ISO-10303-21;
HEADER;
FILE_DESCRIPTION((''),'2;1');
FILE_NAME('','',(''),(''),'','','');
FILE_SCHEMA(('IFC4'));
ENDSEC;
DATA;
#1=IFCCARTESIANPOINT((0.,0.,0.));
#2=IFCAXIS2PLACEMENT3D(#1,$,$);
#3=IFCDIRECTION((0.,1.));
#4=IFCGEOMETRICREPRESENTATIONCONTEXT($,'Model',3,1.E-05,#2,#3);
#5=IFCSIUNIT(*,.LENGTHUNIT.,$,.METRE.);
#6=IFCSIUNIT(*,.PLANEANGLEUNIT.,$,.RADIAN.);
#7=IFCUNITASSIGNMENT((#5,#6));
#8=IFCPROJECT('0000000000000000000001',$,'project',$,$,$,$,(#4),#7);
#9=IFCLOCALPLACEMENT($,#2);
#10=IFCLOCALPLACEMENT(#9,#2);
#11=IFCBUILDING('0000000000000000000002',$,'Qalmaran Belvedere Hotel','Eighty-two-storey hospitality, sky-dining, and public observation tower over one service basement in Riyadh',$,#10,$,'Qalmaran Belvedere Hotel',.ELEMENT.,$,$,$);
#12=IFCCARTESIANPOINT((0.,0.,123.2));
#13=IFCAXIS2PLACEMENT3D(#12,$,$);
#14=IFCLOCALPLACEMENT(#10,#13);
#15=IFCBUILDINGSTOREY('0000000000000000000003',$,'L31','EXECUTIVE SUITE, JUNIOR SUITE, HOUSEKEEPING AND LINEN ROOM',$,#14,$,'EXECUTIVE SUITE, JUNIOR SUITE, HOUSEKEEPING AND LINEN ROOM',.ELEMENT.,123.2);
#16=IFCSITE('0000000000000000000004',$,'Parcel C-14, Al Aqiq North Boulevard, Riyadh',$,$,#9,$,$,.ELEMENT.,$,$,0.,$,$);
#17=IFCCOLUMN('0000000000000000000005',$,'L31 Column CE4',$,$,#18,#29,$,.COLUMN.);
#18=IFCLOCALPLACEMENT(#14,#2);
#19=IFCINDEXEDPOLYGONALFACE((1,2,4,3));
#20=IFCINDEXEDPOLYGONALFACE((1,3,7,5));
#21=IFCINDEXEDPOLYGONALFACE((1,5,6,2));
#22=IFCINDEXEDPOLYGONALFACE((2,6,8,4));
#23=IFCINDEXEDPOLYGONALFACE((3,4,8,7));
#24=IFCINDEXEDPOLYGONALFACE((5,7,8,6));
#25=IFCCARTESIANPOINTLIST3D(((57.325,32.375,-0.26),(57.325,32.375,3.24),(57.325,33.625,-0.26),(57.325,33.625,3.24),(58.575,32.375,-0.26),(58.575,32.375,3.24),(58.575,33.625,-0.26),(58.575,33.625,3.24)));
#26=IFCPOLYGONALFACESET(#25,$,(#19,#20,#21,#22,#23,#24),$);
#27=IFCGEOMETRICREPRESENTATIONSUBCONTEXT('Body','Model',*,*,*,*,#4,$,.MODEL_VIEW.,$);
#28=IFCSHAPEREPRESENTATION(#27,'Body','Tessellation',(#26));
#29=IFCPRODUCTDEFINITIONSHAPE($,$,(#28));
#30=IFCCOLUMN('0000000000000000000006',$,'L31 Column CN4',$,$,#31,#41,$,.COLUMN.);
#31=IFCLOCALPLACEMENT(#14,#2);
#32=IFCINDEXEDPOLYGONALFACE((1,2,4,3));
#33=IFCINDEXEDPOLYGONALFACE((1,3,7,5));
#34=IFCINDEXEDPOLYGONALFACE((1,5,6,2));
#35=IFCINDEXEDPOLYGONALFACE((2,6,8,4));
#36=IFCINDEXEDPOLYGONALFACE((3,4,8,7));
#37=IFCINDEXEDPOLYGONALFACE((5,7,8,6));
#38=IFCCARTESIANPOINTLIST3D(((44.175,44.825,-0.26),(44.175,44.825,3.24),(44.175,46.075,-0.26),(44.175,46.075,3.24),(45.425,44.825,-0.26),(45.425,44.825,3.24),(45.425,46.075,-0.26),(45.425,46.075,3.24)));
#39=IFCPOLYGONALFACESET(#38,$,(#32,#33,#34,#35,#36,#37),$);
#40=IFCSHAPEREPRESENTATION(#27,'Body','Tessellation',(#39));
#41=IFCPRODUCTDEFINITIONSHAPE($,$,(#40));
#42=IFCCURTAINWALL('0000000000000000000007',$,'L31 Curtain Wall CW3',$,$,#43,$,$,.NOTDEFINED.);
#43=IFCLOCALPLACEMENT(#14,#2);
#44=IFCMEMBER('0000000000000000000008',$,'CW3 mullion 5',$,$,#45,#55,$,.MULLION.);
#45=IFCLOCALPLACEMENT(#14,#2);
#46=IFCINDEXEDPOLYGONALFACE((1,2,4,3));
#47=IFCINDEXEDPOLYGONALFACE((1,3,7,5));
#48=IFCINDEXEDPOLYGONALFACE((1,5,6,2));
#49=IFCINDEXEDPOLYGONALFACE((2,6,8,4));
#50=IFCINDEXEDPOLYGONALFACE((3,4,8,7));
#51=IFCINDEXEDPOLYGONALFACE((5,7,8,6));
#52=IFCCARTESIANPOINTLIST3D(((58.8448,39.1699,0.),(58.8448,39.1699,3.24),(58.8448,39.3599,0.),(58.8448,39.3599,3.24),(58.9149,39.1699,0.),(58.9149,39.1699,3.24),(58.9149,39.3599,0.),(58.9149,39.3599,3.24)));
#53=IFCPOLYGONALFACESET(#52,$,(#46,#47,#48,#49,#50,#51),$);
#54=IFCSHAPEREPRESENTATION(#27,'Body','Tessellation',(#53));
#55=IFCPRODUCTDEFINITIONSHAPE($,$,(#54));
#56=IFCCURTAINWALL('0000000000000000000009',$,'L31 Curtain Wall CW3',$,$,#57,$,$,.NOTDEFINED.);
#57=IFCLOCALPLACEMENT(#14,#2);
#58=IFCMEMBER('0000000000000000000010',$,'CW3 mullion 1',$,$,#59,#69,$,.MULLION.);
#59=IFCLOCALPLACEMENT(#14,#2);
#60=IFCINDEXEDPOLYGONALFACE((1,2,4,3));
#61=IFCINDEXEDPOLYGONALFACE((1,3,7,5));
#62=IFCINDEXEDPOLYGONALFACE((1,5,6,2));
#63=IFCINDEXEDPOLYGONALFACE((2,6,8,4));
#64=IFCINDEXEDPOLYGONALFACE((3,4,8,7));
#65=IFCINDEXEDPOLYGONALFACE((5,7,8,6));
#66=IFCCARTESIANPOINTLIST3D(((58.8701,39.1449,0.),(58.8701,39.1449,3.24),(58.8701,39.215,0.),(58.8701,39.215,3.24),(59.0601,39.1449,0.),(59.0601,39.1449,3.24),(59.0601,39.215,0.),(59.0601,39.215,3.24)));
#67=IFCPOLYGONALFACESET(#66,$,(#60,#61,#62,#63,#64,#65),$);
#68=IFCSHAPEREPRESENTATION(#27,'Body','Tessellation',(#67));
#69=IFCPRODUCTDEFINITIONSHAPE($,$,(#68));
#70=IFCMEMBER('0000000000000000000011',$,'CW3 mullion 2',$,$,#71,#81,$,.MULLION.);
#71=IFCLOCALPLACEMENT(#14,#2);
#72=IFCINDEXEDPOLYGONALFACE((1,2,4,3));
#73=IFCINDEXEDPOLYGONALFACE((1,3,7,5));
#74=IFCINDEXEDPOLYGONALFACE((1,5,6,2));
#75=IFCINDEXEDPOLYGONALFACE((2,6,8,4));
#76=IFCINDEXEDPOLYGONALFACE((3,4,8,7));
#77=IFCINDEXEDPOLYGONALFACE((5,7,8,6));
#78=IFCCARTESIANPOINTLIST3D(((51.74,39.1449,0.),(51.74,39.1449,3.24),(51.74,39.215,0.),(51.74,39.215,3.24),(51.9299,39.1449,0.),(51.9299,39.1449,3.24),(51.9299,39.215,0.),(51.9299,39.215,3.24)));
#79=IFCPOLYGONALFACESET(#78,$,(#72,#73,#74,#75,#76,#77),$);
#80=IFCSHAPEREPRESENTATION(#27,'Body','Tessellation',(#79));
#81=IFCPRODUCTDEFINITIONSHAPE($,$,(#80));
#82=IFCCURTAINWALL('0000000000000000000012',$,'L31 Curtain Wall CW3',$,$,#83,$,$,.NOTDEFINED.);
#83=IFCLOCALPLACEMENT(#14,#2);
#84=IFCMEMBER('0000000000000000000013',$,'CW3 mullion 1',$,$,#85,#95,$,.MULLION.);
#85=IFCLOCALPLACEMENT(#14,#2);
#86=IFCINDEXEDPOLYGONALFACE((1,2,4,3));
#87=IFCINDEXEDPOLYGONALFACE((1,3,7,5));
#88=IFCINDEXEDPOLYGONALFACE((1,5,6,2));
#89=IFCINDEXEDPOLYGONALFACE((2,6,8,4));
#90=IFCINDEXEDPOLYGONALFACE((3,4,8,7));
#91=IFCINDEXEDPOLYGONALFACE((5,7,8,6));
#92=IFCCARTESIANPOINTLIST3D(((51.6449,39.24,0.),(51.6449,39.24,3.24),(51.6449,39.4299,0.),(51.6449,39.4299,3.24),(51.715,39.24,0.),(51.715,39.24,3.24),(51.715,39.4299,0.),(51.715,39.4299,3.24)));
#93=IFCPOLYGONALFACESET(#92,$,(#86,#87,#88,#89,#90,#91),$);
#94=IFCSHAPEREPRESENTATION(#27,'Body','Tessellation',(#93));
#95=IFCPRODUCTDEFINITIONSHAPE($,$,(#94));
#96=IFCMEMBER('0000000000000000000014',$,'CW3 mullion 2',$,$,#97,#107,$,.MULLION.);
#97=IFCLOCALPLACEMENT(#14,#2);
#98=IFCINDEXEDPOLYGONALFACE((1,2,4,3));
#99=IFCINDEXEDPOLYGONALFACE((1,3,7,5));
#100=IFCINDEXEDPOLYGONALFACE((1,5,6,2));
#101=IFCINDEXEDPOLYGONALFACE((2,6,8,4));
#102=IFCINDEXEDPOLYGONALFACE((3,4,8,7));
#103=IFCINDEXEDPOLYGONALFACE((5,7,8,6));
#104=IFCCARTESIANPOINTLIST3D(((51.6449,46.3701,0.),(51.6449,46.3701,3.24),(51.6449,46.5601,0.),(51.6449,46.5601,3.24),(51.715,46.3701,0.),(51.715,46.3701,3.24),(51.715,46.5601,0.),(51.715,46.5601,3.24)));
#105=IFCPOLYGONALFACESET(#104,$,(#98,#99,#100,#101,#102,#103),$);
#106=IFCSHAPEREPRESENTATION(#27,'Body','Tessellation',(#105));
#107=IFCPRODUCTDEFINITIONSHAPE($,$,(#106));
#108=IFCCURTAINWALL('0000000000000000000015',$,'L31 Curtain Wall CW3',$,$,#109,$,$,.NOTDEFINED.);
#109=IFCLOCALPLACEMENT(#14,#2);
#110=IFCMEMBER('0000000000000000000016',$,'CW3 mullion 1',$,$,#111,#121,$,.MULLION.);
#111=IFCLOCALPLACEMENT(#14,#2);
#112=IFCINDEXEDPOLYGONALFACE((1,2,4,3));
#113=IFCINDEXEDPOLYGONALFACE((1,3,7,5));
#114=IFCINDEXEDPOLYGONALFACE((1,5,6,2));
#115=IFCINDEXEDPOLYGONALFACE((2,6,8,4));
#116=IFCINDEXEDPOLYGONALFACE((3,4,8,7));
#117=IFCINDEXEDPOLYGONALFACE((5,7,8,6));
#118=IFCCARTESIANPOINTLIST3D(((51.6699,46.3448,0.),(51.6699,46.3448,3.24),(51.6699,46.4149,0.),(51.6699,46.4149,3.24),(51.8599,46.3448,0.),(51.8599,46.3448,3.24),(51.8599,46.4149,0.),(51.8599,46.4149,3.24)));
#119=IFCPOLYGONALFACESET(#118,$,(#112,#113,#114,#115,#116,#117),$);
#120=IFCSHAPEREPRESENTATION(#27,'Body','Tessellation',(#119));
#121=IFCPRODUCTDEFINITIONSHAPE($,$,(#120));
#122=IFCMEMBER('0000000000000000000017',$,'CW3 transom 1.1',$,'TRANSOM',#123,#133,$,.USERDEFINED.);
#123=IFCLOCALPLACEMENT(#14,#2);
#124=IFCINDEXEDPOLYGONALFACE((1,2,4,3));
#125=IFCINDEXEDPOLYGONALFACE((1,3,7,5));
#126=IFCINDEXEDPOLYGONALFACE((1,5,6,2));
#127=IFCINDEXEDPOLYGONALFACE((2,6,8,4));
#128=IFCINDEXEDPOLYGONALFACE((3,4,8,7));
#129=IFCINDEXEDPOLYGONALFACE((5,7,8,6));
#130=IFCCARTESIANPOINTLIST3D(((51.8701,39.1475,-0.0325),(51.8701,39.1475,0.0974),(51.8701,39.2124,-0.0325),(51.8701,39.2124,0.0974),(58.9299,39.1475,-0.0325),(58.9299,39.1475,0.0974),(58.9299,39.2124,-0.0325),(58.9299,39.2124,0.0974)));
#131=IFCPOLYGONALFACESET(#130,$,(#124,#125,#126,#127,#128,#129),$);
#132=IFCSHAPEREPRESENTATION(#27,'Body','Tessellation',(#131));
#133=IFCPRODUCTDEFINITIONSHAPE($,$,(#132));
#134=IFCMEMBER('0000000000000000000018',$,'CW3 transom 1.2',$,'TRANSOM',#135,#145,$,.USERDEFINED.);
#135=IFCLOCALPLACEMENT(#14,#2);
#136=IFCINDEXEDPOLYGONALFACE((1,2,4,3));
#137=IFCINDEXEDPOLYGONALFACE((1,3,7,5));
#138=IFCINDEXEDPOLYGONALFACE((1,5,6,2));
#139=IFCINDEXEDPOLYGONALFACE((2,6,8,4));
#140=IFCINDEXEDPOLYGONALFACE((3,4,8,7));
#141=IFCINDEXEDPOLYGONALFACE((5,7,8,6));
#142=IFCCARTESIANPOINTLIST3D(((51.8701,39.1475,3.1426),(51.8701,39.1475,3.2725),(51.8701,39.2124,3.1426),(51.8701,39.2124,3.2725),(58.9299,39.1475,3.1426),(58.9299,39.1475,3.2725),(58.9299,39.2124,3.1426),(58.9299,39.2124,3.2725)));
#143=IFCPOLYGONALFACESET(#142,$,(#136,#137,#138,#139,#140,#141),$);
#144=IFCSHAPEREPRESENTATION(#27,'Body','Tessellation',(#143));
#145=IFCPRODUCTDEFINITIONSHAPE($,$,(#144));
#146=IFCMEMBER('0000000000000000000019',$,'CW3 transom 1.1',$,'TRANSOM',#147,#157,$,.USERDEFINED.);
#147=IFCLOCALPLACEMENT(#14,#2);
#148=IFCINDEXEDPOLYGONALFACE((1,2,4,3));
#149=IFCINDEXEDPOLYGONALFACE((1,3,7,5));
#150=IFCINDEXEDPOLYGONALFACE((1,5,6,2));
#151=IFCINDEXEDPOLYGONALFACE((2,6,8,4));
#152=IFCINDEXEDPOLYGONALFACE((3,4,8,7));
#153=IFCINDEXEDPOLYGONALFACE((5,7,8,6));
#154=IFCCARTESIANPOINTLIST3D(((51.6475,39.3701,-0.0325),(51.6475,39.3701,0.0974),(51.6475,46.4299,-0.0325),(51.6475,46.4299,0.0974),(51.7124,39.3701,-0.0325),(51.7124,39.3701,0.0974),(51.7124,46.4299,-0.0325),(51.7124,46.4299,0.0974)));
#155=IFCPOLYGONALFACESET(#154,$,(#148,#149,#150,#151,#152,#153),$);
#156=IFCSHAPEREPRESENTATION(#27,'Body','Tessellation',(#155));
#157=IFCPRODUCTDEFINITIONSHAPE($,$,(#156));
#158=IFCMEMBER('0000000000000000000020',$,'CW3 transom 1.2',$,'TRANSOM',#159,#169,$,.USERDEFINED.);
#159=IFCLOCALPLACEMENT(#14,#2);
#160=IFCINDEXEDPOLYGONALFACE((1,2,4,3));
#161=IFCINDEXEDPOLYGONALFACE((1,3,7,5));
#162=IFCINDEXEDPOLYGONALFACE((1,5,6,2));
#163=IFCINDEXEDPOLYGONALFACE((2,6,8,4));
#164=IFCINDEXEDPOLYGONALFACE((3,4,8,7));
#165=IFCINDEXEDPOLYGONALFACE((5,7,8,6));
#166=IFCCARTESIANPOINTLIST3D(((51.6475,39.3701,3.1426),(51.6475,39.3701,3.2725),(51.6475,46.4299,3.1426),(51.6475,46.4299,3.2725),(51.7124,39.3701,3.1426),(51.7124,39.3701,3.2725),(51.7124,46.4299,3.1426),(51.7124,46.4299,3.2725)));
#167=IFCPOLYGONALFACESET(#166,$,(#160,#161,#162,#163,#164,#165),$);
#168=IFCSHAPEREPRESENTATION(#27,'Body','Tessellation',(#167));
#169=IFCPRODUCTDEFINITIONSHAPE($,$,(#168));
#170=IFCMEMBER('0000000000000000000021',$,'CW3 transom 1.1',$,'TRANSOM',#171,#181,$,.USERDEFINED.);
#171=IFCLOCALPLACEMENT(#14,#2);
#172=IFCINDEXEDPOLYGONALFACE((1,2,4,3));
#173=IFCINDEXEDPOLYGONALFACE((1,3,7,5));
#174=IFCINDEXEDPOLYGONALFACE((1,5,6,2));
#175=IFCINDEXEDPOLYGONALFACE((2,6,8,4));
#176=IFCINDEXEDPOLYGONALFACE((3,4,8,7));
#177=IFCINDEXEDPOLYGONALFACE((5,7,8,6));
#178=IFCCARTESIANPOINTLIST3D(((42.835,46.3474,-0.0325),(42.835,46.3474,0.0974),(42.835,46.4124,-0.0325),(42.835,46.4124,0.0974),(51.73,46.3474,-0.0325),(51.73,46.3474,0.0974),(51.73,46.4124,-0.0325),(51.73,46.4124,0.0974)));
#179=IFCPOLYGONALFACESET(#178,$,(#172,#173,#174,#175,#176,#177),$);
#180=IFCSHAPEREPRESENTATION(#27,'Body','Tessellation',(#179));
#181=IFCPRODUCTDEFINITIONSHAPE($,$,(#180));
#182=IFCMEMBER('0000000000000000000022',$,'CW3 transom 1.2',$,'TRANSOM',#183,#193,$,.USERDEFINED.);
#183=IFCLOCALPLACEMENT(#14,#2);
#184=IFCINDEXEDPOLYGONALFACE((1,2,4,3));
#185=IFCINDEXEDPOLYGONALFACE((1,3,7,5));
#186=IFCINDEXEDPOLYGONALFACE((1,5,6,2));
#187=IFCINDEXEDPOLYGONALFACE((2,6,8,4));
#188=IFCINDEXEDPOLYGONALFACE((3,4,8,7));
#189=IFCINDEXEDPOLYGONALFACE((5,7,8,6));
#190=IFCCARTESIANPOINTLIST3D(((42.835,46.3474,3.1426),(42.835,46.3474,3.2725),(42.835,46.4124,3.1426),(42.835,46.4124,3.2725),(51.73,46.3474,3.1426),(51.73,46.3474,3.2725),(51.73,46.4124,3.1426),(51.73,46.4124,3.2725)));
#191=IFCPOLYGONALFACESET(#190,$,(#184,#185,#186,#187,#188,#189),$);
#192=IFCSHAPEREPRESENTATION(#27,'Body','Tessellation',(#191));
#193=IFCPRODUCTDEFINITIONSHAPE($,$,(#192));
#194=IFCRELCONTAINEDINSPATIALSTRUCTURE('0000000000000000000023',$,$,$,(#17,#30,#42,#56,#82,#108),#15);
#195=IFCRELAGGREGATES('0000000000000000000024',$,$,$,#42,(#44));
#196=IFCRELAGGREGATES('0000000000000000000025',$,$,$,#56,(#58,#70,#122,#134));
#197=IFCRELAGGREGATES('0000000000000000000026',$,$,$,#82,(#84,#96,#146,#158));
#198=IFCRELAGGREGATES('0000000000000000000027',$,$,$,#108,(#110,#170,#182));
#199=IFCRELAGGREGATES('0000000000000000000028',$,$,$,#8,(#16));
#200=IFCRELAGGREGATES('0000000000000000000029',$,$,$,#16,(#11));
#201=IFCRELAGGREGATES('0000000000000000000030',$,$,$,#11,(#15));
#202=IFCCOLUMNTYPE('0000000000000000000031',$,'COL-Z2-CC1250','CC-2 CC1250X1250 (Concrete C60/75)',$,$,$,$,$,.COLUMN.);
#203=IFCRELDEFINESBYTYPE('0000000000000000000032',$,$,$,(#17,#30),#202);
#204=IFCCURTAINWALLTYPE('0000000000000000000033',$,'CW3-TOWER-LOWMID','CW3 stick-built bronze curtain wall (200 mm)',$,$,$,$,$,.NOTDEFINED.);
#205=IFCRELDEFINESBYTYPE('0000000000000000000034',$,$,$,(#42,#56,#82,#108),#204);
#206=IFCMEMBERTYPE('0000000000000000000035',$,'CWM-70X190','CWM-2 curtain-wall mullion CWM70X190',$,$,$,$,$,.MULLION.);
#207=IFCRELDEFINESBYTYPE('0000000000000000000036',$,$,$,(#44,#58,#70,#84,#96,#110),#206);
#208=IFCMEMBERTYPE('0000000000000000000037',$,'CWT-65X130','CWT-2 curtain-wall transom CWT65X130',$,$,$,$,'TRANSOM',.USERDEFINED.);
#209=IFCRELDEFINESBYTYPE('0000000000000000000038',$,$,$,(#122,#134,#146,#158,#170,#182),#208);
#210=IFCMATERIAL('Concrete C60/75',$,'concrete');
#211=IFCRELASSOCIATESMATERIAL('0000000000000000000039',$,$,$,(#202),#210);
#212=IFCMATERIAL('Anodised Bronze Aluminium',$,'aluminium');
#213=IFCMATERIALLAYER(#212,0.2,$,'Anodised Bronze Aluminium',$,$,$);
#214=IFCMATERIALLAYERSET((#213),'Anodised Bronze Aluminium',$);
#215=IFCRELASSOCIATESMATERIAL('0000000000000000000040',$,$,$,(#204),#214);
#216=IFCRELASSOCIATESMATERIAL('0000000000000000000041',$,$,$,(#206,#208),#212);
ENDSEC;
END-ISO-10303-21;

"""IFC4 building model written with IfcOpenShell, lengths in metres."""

from ifc_helpers import new_model, si_unit, direction, frame, origin, origin_2d, place, context, subcontext, project, spatial, rectangle, extrude, material, layer, layer_set, material_profile, profile_set, type_object, element, aggregate, save


model = new_model("IFC4")

# Units and contexts
model_context = context("Model", 3, precision=1e-05, world=origin(), true_north=direction((0.0, 1.0)))
body_context = subcontext(model_context, "Body", "Model", "MODEL_VIEW")
ifc_project = project(units=[si_unit("LENGTHUNIT", "METRE"), si_unit("PLANEANGLEUNIT", "RADIAN")], contexts=[model_context])

# Site, building, storey
site_placement = place(None, origin())
site = spatial("IfcSite", under=ifc_project, at=site_placement, Name="Parcel C-14, Al Aqiq North Boulevard, Riyadh", CompositionType="ELEMENT", RefElevation=0.0)
building_placement = place(site_placement, origin())
building = spatial("IfcBuilding", under=site, at=building_placement, Name="Qalmaran Belvedere Hotel", Description="Eighty-two-storey hospitality, sky-dining, and public observation tower over one service basement in Riyadh", LongName="Qalmaran Belvedere Hotel", CompositionType="ELEMENT")
storey_placement = place(building_placement, frame((0.0, 0.0, 123.2)))
storey = spatial("IfcBuildingStorey", under=building, at=storey_placement, Name="L31", Description="EXECUTIVE SUITE, JUNIOR SUITE, HOUSEKEEPING AND LINEN ROOM", LongName="EXECUTIVE SUITE, JUNIOR SUITE, HOUSEKEEPING AND LINEN ROOM", CompositionType="ELEMENT", Elevation=123.2)

# Columns
ifc_material_1 = material(Name="Concrete C60/75", Category="concrete")
ifc_material_profile_1 = material_profile(ifc_material_1, rectangle(XDim=1.25, YDim=1.25, at=origin_2d()), Name="CC1250X1250")
ifc_profile_set_1 = profile_set([ifc_material_profile_1], Name="Concrete C60/75")
column_type = type_object("IfcColumnType", Name="COL-Z2-CC1250", Description="CC-2 CC1250X1250 (Concrete C60/75)", PredefinedType="COLUMN", material=ifc_profile_set_1)
for number, where, z_axis, x_axis, name in (
    (1, (57.95, 33.0, -0.26), (0.0, 0.0, 1.0), (1.0, 0.0, 0.0), "L31 Column CE4"),
    (2, (44.8, 45.45, -0.26), (0.0, 0.0, 1.0), (1.0, 0.0, 0.0), "L31 Column CN4"),
):
    element("IfcColumn", number, at=place(storey_placement, frame(where, z_axis=z_axis, x_axis=x_axis)), inside=storey, type_object=column_type, Name=name, PredefinedType="COLUMN", context=body_context, shape_type="SweptSolid", body=[
        extrude(rectangle(XDim=1.25, YDim=1.25, at=origin_2d()), origin(), (0.0, 0.0, 1.0), 3.5),
    ])

# Curtain wall, member
ifc_material_2 = material(Name="Anodised Bronze Aluminium", Category="aluminium")
ifc_layer_1 = layer(ifc_material_2, 0.2, Name="Anodised Bronze Aluminium")
ifc_layer_set_1 = layer_set([ifc_layer_1], Name="Anodised Bronze Aluminium")
curtain_wall_type = type_object("IfcCurtainWallType", Name="CW3-TOWER-LOWMID", Description="CW3 stick-built bronze curtain wall (200 mm)", PredefinedType="NOTDEFINED", material=ifc_layer_set_1)
curtain_wall_1_placement = place(storey_placement, origin())
curtain_wall_1 = element("IfcCurtainWall", 3, at=curtain_wall_1_placement, inside=storey, type_object=curtain_wall_type, Name="L31 Curtain Wall CW3", PredefinedType="NOTDEFINED")
ifc_material_profile_2 = material_profile(ifc_material_2, rectangle(XDim=0.0701, YDim=0.1899, at=origin_2d()), Name="CWM70X190")
ifc_profile_set_2 = profile_set([ifc_material_profile_2], Name="Anodised Bronze Aluminium")
member_type_1 = type_object("IfcMemberType", Name="CWM-70X190", Description="CWM-2 curtain-wall mullion CWM70X190", PredefinedType="MULLION", material=ifc_profile_set_2)
member_1_placement = place(storey_placement, frame((58.8799, 39.2649, 0.0), z_axis=(0.0, 0.0, 1.0), x_axis=(-1.0, 0.0, 0.0)))
member_1 = element("IfcMember", 4, at=member_1_placement, type_object=member_type_1, Name="CW3 mullion 5", PredefinedType="MULLION", context=body_context, shape_type="SweptSolid", body=[
    extrude(rectangle(XDim=0.0701, YDim=0.1899, at=origin_2d()), origin(), (0.0, 0.0, 1.0), 3.24),
])

# Curtain walls, members
curtain_wall_2_placement = place(storey_placement, origin())
curtain_wall_2 = element("IfcCurtainWall", 5, at=curtain_wall_2_placement, inside=storey, type_object=curtain_wall_type, Name="L31 Curtain Wall CW3", PredefinedType="NOTDEFINED")
member_2_placement = place(storey_placement, frame((58.9651, 39.1799, 0.0), z_axis=(0.0, 0.0, 1.0), x_axis=(0.0, -1.0, 0.0)))
member_2 = element("IfcMember", 6, at=member_2_placement, type_object=member_type_1, Name="CW3 mullion 1", PredefinedType="MULLION", context=body_context, shape_type="SweptSolid", body=[
    extrude(rectangle(XDim=0.0701, YDim=0.1899, at=origin_2d()), origin(), (0.0, 0.0, 1.0), 3.24),
])
member_3_placement = place(storey_placement, frame((51.835, 39.1799, 0.0), z_axis=(0.0, 0.0, 1.0), x_axis=(0.0, -1.0, 0.0)))
member_3 = element("IfcMember", 7, at=member_3_placement, type_object=member_type_1, Name="CW3 mullion 2", PredefinedType="MULLION", context=body_context, shape_type="SweptSolid", body=[
    extrude(rectangle(XDim=0.0701, YDim=0.1899, at=origin_2d()), origin(), (0.0, 0.0, 1.0), 3.24),
])
curtain_wall_3_placement = place(storey_placement, origin())
curtain_wall_3 = element("IfcCurtainWall", 8, at=curtain_wall_3_placement, inside=storey, type_object=curtain_wall_type, Name="L31 Curtain Wall CW3", PredefinedType="NOTDEFINED")
member_4_placement = place(storey_placement, frame((51.6799, 39.335, 0.0), z_axis=(0.0, 0.0, 1.0), x_axis=(-1.0, 0.0, 0.0)))
member_4 = element("IfcMember", 9, at=member_4_placement, type_object=member_type_1, Name="CW3 mullion 1", PredefinedType="MULLION", context=body_context, shape_type="SweptSolid", body=[
    extrude(rectangle(XDim=0.0701, YDim=0.1899, at=origin_2d()), origin(), (0.0, 0.0, 1.0), 3.24),
])
member_5_placement = place(storey_placement, frame((51.6799, 46.4651, 0.0), z_axis=(0.0, 0.0, 1.0), x_axis=(-1.0, 0.0, 0.0)))
member_5 = element("IfcMember", 10, at=member_5_placement, type_object=member_type_1, Name="CW3 mullion 2", PredefinedType="MULLION", context=body_context, shape_type="SweptSolid", body=[
    extrude(rectangle(XDim=0.0701, YDim=0.1899, at=origin_2d()), origin(), (0.0, 0.0, 1.0), 3.24),
])

# Curtain wall, member
curtain_wall_4_placement = place(storey_placement, origin())
curtain_wall_4 = element("IfcCurtainWall", 11, at=curtain_wall_4_placement, inside=storey, type_object=curtain_wall_type, Name="L31 Curtain Wall CW3", PredefinedType="NOTDEFINED")
member_6_placement = place(storey_placement, frame((51.7649, 46.3799, 0.0), z_axis=(0.0, 0.0, 1.0), x_axis=(0.0, -1.0, 0.0)))
member_6 = element("IfcMember", 12, at=member_6_placement, type_object=member_type_1, Name="CW3 mullion 1", PredefinedType="MULLION", context=body_context, shape_type="SweptSolid", body=[
    extrude(rectangle(XDim=0.0701, YDim=0.1899, at=origin_2d()), origin(), (0.0, 0.0, 1.0), 3.24),
])

# Members
ifc_material_profile_3 = material_profile(ifc_material_2, rectangle(XDim=0.0649, YDim=0.1299, at=origin_2d()), Name="CWT65X130")
ifc_profile_set_3 = profile_set([ifc_material_profile_3], Name="Anodised Bronze Aluminium")
member_type_2 = type_object("IfcMemberType", Name="CWT-65X130", Description="CWT-2 curtain-wall transom CWT65X130", ElementType="TRANSOM", PredefinedType="USERDEFINED", material=ifc_profile_set_3)
member_7_placement = place(storey_placement, frame((58.9299, 39.1799, 0.0325), z_axis=(-1.0, 0.0, 0.0), x_axis=(0.0, -1.0, 0.0)))
member_7 = element("IfcMember", 13, at=member_7_placement, type_object=member_type_2, Name="CW3 transom 1.1", ObjectType="TRANSOM", PredefinedType="USERDEFINED", context=body_context, shape_type="SweptSolid", body=[
    extrude(rectangle(XDim=0.0649, YDim=0.1299, at=origin_2d()), origin(), (0.0, 0.0, 1.0), 7.0598),
])
member_8_placement = place(storey_placement, frame((58.9299, 39.1799, 3.2075), z_axis=(-1.0, 0.0, 0.0), x_axis=(0.0, -1.0, 0.0)))
member_8 = element("IfcMember", 14, at=member_8_placement, type_object=member_type_2, Name="CW3 transom 1.2", ObjectType="TRANSOM", PredefinedType="USERDEFINED", context=body_context, shape_type="SweptSolid", body=[
    extrude(rectangle(XDim=0.0649, YDim=0.1299, at=origin_2d()), origin(), (0.0, 0.0, 1.0), 7.0598),
])
member_9_placement = place(storey_placement, frame((51.6799, 39.3701, 0.0325), z_axis=(0.0, 1.0, 0.0), x_axis=(-1.0, 0.0, 0.0)))
member_9 = element("IfcMember", 15, at=member_9_placement, type_object=member_type_2, Name="CW3 transom 1.1", ObjectType="TRANSOM", PredefinedType="USERDEFINED", context=body_context, shape_type="SweptSolid", body=[
    extrude(rectangle(XDim=0.0649, YDim=0.1299, at=origin_2d()), origin(), (0.0, 0.0, 1.0), 7.0598),
])
member_10_placement = place(storey_placement, frame((51.6799, 39.3701, 3.2075), z_axis=(0.0, 1.0, 0.0), x_axis=(-1.0, 0.0, 0.0)))
member_10 = element("IfcMember", 16, at=member_10_placement, type_object=member_type_2, Name="CW3 transom 1.2", ObjectType="TRANSOM", PredefinedType="USERDEFINED", context=body_context, shape_type="SweptSolid", body=[
    extrude(rectangle(XDim=0.0649, YDim=0.1299, at=origin_2d()), origin(), (0.0, 0.0, 1.0), 7.0598),
])
member_11_placement = place(storey_placement, frame((51.73, 46.3799, 0.0325), z_axis=(-1.0, 0.0, 0.0), x_axis=(0.0, -1.0, 0.0)))
member_11 = element("IfcMember", 17, at=member_11_placement, type_object=member_type_2, Name="CW3 transom 1.1", ObjectType="TRANSOM", PredefinedType="USERDEFINED", context=body_context, shape_type="SweptSolid", body=[
    extrude(rectangle(XDim=0.0649, YDim=0.1299, at=origin_2d()), origin(), (0.0, 0.0, 1.0), 8.895),
])
member_12_placement = place(storey_placement, frame((51.73, 46.3799, 3.2075), z_axis=(-1.0, 0.0, 0.0), x_axis=(0.0, -1.0, 0.0)))
member_12 = element("IfcMember", 18, at=member_12_placement, type_object=member_type_2, Name="CW3 transom 1.2", ObjectType="TRANSOM", PredefinedType="USERDEFINED", context=body_context, shape_type="SweptSolid", body=[
    extrude(rectangle(XDim=0.0649, YDim=0.1299, at=origin_2d()), origin(), (0.0, 0.0, 1.0), 8.895),
])

aggregate(curtain_wall_1, [member_1])
aggregate(curtain_wall_2, [member_2, member_3, member_7, member_8])
aggregate(curtain_wall_3, [member_4, member_5, member_9, member_10])
aggregate(curtain_wall_4, [member_6, member_11, member_12])

save(model, "model.ifc")
